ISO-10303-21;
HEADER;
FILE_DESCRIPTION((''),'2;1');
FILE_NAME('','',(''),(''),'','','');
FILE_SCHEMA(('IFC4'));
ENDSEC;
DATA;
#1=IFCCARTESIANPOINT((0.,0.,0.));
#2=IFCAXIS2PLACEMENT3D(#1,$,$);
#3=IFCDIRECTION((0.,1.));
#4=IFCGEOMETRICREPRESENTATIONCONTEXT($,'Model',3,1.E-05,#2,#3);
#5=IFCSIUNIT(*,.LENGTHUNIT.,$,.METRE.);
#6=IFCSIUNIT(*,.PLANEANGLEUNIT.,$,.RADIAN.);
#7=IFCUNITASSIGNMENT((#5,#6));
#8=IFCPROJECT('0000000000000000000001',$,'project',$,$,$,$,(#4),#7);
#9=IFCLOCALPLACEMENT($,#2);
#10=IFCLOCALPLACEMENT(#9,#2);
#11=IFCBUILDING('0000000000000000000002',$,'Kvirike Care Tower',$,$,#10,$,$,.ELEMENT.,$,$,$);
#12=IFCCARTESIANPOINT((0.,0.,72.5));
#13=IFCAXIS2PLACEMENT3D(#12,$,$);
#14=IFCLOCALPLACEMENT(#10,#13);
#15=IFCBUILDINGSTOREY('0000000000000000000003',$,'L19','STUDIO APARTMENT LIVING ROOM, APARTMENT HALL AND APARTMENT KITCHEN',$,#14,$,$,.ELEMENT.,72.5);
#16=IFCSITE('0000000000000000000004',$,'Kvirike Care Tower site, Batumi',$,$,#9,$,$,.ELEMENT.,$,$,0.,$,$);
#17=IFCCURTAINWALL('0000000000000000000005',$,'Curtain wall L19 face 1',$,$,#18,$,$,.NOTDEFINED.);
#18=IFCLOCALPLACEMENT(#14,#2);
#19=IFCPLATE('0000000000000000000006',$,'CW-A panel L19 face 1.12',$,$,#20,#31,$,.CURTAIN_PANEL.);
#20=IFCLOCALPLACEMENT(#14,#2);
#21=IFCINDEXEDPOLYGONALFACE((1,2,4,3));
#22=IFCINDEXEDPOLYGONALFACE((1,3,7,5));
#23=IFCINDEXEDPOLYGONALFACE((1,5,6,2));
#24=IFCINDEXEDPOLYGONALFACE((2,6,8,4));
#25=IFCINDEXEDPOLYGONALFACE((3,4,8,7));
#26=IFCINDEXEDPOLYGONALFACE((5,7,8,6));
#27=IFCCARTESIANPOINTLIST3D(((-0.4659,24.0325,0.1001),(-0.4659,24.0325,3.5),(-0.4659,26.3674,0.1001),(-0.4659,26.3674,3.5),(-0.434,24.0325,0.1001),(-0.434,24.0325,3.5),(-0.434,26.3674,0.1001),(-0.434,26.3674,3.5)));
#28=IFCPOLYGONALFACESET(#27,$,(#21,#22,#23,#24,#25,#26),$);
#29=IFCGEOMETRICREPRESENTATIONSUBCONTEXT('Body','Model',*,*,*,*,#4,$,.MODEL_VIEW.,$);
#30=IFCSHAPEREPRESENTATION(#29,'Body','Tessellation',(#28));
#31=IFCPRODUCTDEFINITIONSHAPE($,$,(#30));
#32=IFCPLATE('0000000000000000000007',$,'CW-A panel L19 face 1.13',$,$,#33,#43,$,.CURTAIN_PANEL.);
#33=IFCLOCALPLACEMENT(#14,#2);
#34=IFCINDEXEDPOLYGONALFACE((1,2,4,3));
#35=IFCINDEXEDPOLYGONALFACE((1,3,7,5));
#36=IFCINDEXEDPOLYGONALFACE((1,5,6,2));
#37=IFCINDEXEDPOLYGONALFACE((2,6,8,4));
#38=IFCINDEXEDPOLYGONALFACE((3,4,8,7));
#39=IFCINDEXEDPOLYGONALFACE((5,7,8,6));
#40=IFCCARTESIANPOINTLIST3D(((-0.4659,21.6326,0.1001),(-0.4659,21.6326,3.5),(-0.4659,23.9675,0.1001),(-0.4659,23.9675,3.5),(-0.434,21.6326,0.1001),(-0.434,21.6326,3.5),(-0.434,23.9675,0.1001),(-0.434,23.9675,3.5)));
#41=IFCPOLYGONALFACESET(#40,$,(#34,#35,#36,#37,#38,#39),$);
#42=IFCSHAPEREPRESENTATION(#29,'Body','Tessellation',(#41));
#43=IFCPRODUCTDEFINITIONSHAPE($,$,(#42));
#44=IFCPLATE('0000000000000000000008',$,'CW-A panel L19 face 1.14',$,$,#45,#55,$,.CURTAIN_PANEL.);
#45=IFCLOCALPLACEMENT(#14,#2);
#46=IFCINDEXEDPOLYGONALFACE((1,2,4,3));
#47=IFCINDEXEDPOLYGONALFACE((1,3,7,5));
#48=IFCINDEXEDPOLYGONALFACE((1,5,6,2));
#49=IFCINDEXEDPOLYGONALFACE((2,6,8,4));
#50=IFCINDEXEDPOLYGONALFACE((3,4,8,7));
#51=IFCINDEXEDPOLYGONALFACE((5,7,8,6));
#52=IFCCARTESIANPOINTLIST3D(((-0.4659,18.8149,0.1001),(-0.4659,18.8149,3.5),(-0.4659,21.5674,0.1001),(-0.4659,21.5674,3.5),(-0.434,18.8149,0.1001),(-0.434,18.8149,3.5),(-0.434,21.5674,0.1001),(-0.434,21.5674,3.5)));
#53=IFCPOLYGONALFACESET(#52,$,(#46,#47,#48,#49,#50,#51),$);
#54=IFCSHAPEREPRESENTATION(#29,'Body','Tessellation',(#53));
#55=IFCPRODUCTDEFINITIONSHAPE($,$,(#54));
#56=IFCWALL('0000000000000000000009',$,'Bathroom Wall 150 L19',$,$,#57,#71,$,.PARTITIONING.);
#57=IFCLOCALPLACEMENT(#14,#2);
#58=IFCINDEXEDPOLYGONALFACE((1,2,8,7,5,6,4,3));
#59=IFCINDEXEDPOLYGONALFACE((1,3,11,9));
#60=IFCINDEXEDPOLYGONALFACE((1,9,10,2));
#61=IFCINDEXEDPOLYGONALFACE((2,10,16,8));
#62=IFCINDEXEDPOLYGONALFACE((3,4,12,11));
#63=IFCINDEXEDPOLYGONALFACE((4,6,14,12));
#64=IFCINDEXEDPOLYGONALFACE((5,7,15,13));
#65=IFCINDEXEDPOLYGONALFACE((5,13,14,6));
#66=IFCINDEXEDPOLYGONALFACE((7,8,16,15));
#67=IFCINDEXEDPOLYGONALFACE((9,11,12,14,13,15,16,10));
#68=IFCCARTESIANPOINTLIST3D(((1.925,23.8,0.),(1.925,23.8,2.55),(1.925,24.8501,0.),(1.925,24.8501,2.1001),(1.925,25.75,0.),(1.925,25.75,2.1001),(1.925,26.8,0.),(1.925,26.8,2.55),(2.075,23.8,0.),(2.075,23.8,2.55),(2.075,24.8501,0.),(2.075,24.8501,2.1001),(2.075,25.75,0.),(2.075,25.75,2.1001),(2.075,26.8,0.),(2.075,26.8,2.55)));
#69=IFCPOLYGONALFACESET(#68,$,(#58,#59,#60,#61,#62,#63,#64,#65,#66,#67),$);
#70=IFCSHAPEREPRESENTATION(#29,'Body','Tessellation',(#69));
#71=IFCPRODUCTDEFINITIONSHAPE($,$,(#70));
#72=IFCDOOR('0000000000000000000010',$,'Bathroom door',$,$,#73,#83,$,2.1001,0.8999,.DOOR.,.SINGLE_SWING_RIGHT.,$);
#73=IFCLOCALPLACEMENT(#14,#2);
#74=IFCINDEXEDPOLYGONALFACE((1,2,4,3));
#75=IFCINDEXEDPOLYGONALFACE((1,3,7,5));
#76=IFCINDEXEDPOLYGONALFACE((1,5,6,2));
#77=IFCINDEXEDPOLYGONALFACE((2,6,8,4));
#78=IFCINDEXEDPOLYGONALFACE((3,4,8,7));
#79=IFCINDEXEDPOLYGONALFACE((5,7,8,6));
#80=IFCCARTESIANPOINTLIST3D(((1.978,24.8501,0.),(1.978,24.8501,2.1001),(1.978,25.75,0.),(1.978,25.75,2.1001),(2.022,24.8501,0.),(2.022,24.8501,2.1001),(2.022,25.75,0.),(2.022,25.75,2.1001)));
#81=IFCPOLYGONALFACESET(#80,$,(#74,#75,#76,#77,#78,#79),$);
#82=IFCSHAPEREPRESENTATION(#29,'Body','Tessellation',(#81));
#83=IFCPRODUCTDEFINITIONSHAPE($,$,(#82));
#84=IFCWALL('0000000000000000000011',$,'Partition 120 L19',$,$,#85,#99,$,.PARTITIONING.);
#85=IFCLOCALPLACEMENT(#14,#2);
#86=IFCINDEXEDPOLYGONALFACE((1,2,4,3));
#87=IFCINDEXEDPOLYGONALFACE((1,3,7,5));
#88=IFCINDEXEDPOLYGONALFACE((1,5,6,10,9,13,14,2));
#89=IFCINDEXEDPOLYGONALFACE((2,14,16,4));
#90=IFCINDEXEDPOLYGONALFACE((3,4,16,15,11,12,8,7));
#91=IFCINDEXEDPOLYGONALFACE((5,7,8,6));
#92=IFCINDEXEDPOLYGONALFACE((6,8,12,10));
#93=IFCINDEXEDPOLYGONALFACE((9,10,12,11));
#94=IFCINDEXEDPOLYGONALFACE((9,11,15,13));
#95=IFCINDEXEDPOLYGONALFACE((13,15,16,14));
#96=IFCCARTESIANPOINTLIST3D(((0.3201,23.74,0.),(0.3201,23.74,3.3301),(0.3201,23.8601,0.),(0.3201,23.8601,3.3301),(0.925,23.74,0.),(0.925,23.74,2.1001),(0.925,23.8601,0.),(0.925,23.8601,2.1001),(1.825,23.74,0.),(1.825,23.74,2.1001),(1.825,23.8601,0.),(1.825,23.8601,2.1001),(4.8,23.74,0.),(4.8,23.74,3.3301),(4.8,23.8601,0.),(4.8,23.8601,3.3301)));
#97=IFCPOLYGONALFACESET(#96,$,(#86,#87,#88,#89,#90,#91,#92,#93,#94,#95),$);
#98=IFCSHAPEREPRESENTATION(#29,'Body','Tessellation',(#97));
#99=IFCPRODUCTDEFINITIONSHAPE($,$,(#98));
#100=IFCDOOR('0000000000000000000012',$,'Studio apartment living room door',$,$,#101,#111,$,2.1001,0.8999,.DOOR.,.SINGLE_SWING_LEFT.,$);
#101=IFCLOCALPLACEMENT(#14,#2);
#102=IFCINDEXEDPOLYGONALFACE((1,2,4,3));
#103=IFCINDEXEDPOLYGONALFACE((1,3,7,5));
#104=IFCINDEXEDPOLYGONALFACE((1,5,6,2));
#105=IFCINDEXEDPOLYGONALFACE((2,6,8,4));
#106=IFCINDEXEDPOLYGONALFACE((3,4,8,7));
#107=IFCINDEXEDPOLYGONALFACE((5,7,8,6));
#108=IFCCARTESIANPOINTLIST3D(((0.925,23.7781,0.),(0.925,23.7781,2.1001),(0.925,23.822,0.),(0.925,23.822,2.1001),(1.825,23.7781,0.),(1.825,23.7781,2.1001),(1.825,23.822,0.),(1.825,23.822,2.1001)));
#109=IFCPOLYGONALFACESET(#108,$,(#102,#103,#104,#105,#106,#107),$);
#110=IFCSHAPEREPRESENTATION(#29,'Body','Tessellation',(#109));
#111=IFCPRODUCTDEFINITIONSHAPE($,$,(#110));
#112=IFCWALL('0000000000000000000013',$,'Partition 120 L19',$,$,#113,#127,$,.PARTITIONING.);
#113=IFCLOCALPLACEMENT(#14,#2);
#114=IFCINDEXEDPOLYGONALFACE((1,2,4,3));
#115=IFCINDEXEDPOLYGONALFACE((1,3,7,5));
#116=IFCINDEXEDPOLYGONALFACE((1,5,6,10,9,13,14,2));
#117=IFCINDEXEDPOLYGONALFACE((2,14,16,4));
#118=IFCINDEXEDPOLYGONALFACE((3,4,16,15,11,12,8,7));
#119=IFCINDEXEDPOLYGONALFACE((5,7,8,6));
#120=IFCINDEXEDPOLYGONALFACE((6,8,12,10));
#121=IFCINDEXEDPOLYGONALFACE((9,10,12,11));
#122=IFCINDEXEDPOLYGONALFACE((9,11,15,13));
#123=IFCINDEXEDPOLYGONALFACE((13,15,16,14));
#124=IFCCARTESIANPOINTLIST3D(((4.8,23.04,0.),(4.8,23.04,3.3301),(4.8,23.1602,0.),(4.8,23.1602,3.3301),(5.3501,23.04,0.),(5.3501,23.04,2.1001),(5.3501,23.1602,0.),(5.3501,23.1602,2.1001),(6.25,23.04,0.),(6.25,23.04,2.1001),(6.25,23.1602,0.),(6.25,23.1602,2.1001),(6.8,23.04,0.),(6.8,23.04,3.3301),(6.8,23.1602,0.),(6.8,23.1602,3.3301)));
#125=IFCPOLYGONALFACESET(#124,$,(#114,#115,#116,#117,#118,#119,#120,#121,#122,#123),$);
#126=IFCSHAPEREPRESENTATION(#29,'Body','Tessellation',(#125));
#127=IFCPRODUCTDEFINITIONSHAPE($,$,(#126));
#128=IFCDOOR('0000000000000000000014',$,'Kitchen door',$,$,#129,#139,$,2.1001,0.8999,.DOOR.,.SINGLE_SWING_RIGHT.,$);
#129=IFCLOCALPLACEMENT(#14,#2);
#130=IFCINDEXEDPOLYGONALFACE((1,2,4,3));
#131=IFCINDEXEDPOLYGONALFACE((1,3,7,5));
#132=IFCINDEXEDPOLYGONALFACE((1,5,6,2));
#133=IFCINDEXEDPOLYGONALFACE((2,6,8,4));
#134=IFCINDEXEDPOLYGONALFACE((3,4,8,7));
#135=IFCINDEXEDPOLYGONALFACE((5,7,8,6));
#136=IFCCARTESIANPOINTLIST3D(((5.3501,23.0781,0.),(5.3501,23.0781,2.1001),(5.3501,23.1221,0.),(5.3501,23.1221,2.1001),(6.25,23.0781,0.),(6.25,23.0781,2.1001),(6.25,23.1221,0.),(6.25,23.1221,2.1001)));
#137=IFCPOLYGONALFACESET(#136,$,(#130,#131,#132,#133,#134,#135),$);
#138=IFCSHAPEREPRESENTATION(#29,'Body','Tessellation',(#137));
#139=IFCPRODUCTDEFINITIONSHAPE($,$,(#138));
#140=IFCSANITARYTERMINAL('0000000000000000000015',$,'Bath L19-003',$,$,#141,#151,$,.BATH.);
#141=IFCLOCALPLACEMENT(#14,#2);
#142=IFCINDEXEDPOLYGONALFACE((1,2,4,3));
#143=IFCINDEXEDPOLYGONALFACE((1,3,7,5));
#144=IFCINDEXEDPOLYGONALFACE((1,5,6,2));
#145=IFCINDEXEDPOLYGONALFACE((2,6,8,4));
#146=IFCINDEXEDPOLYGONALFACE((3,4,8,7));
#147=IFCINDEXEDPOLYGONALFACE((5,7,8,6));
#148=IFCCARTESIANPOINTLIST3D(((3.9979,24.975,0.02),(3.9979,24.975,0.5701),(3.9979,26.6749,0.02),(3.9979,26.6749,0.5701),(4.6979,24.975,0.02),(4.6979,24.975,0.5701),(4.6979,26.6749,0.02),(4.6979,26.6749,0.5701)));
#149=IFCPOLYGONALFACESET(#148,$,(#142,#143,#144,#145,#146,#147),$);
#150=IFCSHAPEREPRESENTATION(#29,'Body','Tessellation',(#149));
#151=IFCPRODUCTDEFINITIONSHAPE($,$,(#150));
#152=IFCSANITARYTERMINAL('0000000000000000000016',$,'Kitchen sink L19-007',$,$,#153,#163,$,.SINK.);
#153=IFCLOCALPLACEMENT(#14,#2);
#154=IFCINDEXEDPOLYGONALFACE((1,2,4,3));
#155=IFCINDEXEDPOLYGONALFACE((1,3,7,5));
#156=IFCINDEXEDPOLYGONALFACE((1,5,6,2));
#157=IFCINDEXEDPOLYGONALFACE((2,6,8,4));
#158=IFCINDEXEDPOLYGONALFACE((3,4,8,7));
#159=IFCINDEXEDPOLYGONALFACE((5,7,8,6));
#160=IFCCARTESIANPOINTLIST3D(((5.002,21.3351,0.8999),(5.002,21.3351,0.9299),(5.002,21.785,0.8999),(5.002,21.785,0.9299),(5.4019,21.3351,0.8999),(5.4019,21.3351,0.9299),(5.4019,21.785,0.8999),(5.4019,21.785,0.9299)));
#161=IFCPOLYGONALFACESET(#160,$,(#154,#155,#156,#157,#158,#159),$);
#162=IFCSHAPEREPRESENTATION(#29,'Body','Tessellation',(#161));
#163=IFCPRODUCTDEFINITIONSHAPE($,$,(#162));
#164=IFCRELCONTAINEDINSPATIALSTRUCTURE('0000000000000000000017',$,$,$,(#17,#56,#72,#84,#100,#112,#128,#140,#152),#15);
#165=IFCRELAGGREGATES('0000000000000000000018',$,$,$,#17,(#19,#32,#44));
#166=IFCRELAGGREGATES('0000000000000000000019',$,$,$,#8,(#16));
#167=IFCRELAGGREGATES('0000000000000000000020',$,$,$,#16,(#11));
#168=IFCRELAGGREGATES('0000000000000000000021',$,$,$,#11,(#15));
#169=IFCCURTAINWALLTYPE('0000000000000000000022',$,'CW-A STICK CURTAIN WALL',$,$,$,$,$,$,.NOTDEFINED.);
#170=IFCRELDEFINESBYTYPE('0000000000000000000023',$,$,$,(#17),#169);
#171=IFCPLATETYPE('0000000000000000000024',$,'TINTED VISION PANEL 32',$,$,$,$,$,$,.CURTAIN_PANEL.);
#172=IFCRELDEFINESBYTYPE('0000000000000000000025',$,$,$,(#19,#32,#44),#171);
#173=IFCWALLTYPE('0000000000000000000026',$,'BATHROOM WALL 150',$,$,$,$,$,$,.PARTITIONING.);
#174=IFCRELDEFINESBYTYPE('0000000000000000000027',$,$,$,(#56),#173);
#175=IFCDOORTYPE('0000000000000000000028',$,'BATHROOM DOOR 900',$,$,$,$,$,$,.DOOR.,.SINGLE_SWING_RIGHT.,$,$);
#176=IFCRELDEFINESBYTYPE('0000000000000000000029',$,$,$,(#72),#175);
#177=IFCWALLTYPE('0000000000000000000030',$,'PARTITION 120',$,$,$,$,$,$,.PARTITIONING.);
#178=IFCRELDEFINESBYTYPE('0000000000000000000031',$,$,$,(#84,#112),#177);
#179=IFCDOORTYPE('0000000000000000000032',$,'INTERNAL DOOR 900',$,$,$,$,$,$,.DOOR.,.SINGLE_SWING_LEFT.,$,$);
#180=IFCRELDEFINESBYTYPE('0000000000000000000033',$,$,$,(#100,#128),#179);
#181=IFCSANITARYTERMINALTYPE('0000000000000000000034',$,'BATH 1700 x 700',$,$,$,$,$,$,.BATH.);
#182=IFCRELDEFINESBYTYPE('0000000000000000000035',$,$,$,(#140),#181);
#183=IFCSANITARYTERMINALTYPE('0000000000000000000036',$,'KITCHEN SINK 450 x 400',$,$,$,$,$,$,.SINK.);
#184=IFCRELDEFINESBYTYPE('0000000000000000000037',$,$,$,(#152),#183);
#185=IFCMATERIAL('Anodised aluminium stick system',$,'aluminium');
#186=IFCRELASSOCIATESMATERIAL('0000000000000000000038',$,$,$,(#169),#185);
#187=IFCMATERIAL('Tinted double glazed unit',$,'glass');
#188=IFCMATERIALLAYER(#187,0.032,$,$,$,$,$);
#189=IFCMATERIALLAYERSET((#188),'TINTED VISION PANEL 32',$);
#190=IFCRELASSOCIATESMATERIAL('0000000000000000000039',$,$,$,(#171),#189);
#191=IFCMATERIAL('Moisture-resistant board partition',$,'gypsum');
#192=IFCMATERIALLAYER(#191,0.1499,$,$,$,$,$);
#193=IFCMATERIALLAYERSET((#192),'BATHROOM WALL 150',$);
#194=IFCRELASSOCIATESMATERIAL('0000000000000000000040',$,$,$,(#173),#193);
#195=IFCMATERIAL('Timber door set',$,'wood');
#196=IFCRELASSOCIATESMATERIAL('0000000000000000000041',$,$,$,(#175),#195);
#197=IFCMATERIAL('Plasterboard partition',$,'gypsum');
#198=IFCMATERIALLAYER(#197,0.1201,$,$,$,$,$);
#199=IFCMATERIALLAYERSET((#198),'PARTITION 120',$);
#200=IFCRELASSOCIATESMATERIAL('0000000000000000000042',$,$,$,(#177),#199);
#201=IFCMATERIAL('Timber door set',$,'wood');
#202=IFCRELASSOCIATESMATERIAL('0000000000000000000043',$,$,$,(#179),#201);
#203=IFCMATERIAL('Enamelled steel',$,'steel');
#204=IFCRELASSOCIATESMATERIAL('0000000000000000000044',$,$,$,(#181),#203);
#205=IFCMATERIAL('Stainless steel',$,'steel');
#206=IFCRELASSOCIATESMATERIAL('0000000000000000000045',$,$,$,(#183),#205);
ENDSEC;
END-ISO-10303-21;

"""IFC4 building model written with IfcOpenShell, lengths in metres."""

from ifc_helpers import new_model, si_unit, direction, frame, frame_2d, origin, origin_2d, place, context, subcontext, project, spatial, rectangle, extrude, material, layer, layer_set, type_object, element, fill, aggregate, save


model = new_model("IFC4")

# Units and contexts
model_context = context("Model", 3, precision=1e-05, world=origin(), true_north=direction((0.0, 1.0)))
body_context = subcontext(model_context, "Body", "Model", "MODEL_VIEW")
ifc_project = project(units=[si_unit("LENGTHUNIT", "METRE"), si_unit("PLANEANGLEUNIT", "RADIAN")], contexts=[model_context])

# Site, building, storey
site_placement = place(None, origin())
site = spatial("IfcSite", under=ifc_project, at=site_placement, Name="Kvirike Care Tower site, Batumi", CompositionType="ELEMENT", RefElevation=0.0)
building_placement = place(site_placement, origin())
building = spatial("IfcBuilding", under=site, at=building_placement, Name="Kvirike Care Tower", CompositionType="ELEMENT")
storey_placement = place(building_placement, frame((0.0, 0.0, 72.5)))
storey = spatial("IfcBuildingStorey", under=building, at=storey_placement, Name="L19", Description="STUDIO APARTMENT LIVING ROOM, APARTMENT HALL AND APARTMENT KITCHEN", CompositionType="ELEMENT", Elevation=72.5)

# Curtain wall
ifc_material_1 = material(Name="Anodised aluminium stick system", Category="aluminium")
curtain_wall_type = type_object("IfcCurtainWallType", Name="CW-A STICK CURTAIN WALL", PredefinedType="NOTDEFINED", material=ifc_material_1)
curtain_wall_placement = place(storey_placement, origin())
curtain_wall = element("IfcCurtainWall", 1, at=curtain_wall_placement, inside=storey, type_object=curtain_wall_type, Name="Curtain wall L19 face 1", PredefinedType="NOTDEFINED")

# Plates
ifc_material_2 = material(Name="Tinted double glazed unit", Category="glass")
ifc_layer_1 = layer(ifc_material_2, 0.032)
ifc_layer_set_1 = layer_set([ifc_layer_1], Name="TINTED VISION PANEL 32")
plate_type = type_object("IfcPlateType", Name="TINTED VISION PANEL 32", PredefinedType="CURTAIN_PANEL", material=ifc_layer_set_1)
plate_1_placement = place(storey_placement, frame((-0.45, 25.2, 0.1001), z_axis=(0.0, 0.0, 1.0), x_axis=(0.0, -1.0, 0.0)))
plate_1 = element("IfcPlate", 2, at=plate_1_placement, type_object=plate_type, Name="CW-A panel L19 face 1.12", PredefinedType="CURTAIN_PANEL", context=body_context, shape_type="SweptSolid", body=[
    extrude(rectangle(XDim=2.335, YDim=0.032, at=origin_2d()), origin(), (0.0, 0.0, 1.0), 3.3999),
])
plate_2_placement = place(storey_placement, frame((-0.45, 22.8, 0.1001), z_axis=(0.0, 0.0, 1.0), x_axis=(0.0, -1.0, 0.0)))
plate_2 = element("IfcPlate", 3, at=plate_2_placement, type_object=plate_type, Name="CW-A panel L19 face 1.13", PredefinedType="CURTAIN_PANEL", context=body_context, shape_type="SweptSolid", body=[
    extrude(rectangle(XDim=2.335, YDim=0.032, at=origin_2d()), origin(), (0.0, 0.0, 1.0), 3.3999),
])
plate_3_placement = place(storey_placement, frame((-0.45, 20.1912, 0.1001), z_axis=(0.0, 0.0, 1.0), x_axis=(0.0, -1.0, 0.0)))
plate_3 = element("IfcPlate", 4, at=plate_3_placement, type_object=plate_type, Name="CW-A panel L19 face 1.14", PredefinedType="CURTAIN_PANEL", context=body_context, shape_type="SweptSolid", body=[
    extrude(rectangle(XDim=2.7524, YDim=0.032, at=origin_2d()), origin(), (0.0, 0.0, 1.0), 3.3999),
])
aggregate(curtain_wall, [plate_1, plate_2, plate_3])

# Walls, openings, doors
ifc_material_3 = material(Name="Moisture-resistant board partition", Category="gypsum")
ifc_layer_2 = layer(ifc_material_3, 0.1499)
ifc_layer_set_2 = layer_set([ifc_layer_2], Name="BATHROOM WALL 150")
wall_type_1 = type_object("IfcWallType", Name="BATHROOM WALL 150", PredefinedType="PARTITIONING", material=ifc_layer_set_2)
wall_1_placement = place(storey_placement, frame((2.0, 23.8, 0.0), z_axis=(0.0, 0.0, 1.0), x_axis=(0.0, 1.0, 0.0)))
wall_1 = element("IfcWall", 5, at=wall_1_placement, inside=storey, type_object=wall_type_1, Name="Bathroom Wall 150 L19", PredefinedType="PARTITIONING", context=body_context, shape_type="SweptSolid", body=[
    extrude(rectangle(XDim=3.0, YDim=0.1499, at=frame_2d((1.5, 0.0))), origin(), (0.0, 0.0, 1.0), 2.55),
])
opening_1_placement = place(wall_1_placement, frame((1.05, 0.0, 0.0)))
opening_1 = element("IfcOpeningElement", 6, at=opening_1_placement, cuts=wall_1, PredefinedType="OPENING", context=body_context, shape_type="SweptSolid", body=[
    extrude(rectangle(XDim=0.8999, YDim=2.1001, at=frame_2d((0.45, 1.05))), frame((0.0, 0.0854, 0.0), z_axis=(0.0, -1.0, 0.0), x_axis=(1.0, 0.0, 0.0)), (0.0, 0.0, 1.0), 0.1709),
])
ifc_material_4 = material(Name="Timber door set", Category="wood")
door_type_1 = type_object("IfcDoorType", Name="BATHROOM DOOR 900", OperationType="SINGLE_SWING_RIGHT", PredefinedType="DOOR", material=ifc_material_4)
door_1_placement = place(opening_1_placement, frame((0.8999, 0.0, 0.0), z_axis=(0.0, 0.0, 1.0), x_axis=(-1.0, 0.0, 0.0)))
door_1 = element("IfcDoor", 7, at=door_1_placement, inside=storey, type_object=door_type_1, Name="Bathroom door", OperationType="SINGLE_SWING_RIGHT", OverallHeight=2.1001, OverallWidth=0.8999, PredefinedType="DOOR", context=body_context, shape_type="SweptSolid", body=[
    extrude(rectangle(XDim=0.8999, YDim=2.1001, at=frame_2d((0.45, 1.05))), frame((0.0, 0.022, 0.0), z_axis=(0.0, -1.0, 0.0), x_axis=(1.0, 0.0, 0.0)), (0.0, 0.0, 1.0), 0.0439),
])
fill(opening_1, door_1)
ifc_material_5 = material(Name="Plasterboard partition", Category="gypsum")
ifc_layer_3 = layer(ifc_material_5, 0.1201)
ifc_layer_set_3 = layer_set([ifc_layer_3], Name="PARTITION 120")
wall_type_2 = type_object("IfcWallType", Name="PARTITION 120", PredefinedType="PARTITIONING", material=ifc_layer_set_3)
wall_2_placement = place(storey_placement, frame((0.3201, 23.8, 0.0), z_axis=(0.0, 0.0, 1.0), x_axis=(1.0, 0.0, 0.0)))
wall_2 = element("IfcWall", 8, at=wall_2_placement, inside=storey, type_object=wall_type_2, Name="Partition 120 L19", PredefinedType="PARTITIONING", context=body_context, shape_type="SweptSolid", body=[
    extrude(rectangle(XDim=4.48, YDim=0.1201, at=frame_2d((2.24, 0.0))), origin(), (0.0, 0.0, 1.0), 3.3301),
])
opening_2_placement = place(wall_2_placement, frame((0.605, 0.0, 0.0)))
opening_2 = element("IfcOpeningElement", 9, at=opening_2_placement, cuts=wall_2, PredefinedType="OPENING", context=body_context, shape_type="SweptSolid", body=[
    extrude(rectangle(XDim=0.8999, YDim=2.1001, at=frame_2d((0.45, 1.05))), frame((0.0, 0.0706, 0.0), z_axis=(0.0, -1.0, 0.0), x_axis=(1.0, 0.0, 0.0)), (0.0, 0.0, 1.0), 0.1411),
])
ifc_material_6 = material(Name="Timber door set", Category="wood")
door_type_2 = type_object("IfcDoorType", Name="INTERNAL DOOR 900", OperationType="SINGLE_SWING_LEFT", PredefinedType="DOOR", material=ifc_material_6)
door_2_placement = place(opening_2_placement, origin())
door_2 = element("IfcDoor", 10, at=door_2_placement, inside=storey, type_object=door_type_2, Name="Studio apartment living room door", OperationType="SINGLE_SWING_LEFT", OverallHeight=2.1001, OverallWidth=0.8999, PredefinedType="DOOR", context=body_context, shape_type="SweptSolid", body=[
    extrude(rectangle(XDim=0.8999, YDim=2.1001, at=frame_2d((0.45, 1.05))), frame((0.0, 0.022, 0.0), z_axis=(0.0, -1.0, 0.0), x_axis=(1.0, 0.0, 0.0)), (0.0, 0.0, 1.0), 0.0439),
])
fill(opening_2, door_2)
wall_3_placement = place(storey_placement, frame((4.8, 23.1001, 0.0), z_axis=(0.0, 0.0, 1.0), x_axis=(1.0, 0.0, 0.0)))
wall_3 = element("IfcWall", 11, at=wall_3_placement, inside=storey, type_object=wall_type_2, Name="Partition 120 L19", PredefinedType="PARTITIONING", context=body_context, shape_type="SweptSolid", body=[
    extrude(rectangle(XDim=2.0, YDim=0.1201, at=frame_2d((1.0, 0.0))), origin(), (0.0, 0.0, 1.0), 3.3301),
])
opening_3_placement = place(wall_3_placement, frame((0.55, 0.0, 0.0)))
opening_3 = element("IfcOpeningElement", 12, at=opening_3_placement, cuts=wall_3, PredefinedType="OPENING", context=body_context, shape_type="SweptSolid", body=[
    extrude(rectangle(XDim=0.8999, YDim=2.1001, at=frame_2d((0.45, 1.05))), frame((0.0, 0.0706, 0.0), z_axis=(0.0, -1.0, 0.0), x_axis=(1.0, 0.0, 0.0)), (0.0, 0.0, 1.0), 0.1411),
])
door_3_placement = place(opening_3_placement, frame((0.8999, 0.0, 0.0), z_axis=(0.0, 0.0, 1.0), x_axis=(-1.0, 0.0, 0.0)))
door_3 = element("IfcDoor", 13, at=door_3_placement, inside=storey, type_object=door_type_2, Name="Kitchen door", OperationType="SINGLE_SWING_RIGHT", OverallHeight=2.1001, OverallWidth=0.8999, PredefinedType="DOOR", context=body_context, shape_type="SweptSolid", body=[
    extrude(rectangle(XDim=0.8999, YDim=2.1001, at=frame_2d((0.45, 1.05))), frame((0.0, 0.022, 0.0), z_axis=(0.0, -1.0, 0.0), x_axis=(1.0, 0.0, 0.0)), (0.0, 0.0, 1.0), 0.0439),
])
fill(opening_3, door_3)

# Sanitary terminals
ifc_material_7 = material(Name="Enamelled steel", Category="steel")
sanitary_terminal_type_1 = type_object("IfcSanitaryTerminalType", Name="BATH 1700 x 700", PredefinedType="BATH", material=ifc_material_7)
sanitary_terminal_1_placement = place(storey_placement, frame((4.3479, 25.825, 0.02), z_axis=(0.0, 0.0, 1.0), x_axis=(0.0, -1.0, 0.0)))
element("IfcSanitaryTerminal", 14, at=sanitary_terminal_1_placement, inside=storey, type_object=sanitary_terminal_type_1, Name="Bath L19-003", PredefinedType="BATH", context=body_context, shape_type="SweptSolid", body=[
    extrude(rectangle(XDim=1.7, YDim=0.7, at=origin_2d()), origin(), (0.0, 0.0, 1.0), 0.55),
])
ifc_material_8 = material(Name="Stainless steel", Category="steel")
sanitary_terminal_type_2 = type_object("IfcSanitaryTerminalType", Name="KITCHEN SINK 450 x 400", PredefinedType="SINK", material=ifc_material_8)
sanitary_terminal_2_placement = place(storey_placement, frame((5.2019, 21.5601, 0.8999), z_axis=(0.0, 0.0, 1.0), x_axis=(0.0, 1.0, 0.0)))
element("IfcSanitaryTerminal", 15, at=sanitary_terminal_2_placement, inside=storey, type_object=sanitary_terminal_type_2, Name="Kitchen sink L19-007", PredefinedType="SINK", context=body_context, shape_type="SweptSolid", body=[
    extrude(rectangle(XDim=0.45, YDim=0.3999, at=origin_2d()), origin(), (0.0, 0.0, 1.0), 0.03),
])

save(model, "model.ifc")
